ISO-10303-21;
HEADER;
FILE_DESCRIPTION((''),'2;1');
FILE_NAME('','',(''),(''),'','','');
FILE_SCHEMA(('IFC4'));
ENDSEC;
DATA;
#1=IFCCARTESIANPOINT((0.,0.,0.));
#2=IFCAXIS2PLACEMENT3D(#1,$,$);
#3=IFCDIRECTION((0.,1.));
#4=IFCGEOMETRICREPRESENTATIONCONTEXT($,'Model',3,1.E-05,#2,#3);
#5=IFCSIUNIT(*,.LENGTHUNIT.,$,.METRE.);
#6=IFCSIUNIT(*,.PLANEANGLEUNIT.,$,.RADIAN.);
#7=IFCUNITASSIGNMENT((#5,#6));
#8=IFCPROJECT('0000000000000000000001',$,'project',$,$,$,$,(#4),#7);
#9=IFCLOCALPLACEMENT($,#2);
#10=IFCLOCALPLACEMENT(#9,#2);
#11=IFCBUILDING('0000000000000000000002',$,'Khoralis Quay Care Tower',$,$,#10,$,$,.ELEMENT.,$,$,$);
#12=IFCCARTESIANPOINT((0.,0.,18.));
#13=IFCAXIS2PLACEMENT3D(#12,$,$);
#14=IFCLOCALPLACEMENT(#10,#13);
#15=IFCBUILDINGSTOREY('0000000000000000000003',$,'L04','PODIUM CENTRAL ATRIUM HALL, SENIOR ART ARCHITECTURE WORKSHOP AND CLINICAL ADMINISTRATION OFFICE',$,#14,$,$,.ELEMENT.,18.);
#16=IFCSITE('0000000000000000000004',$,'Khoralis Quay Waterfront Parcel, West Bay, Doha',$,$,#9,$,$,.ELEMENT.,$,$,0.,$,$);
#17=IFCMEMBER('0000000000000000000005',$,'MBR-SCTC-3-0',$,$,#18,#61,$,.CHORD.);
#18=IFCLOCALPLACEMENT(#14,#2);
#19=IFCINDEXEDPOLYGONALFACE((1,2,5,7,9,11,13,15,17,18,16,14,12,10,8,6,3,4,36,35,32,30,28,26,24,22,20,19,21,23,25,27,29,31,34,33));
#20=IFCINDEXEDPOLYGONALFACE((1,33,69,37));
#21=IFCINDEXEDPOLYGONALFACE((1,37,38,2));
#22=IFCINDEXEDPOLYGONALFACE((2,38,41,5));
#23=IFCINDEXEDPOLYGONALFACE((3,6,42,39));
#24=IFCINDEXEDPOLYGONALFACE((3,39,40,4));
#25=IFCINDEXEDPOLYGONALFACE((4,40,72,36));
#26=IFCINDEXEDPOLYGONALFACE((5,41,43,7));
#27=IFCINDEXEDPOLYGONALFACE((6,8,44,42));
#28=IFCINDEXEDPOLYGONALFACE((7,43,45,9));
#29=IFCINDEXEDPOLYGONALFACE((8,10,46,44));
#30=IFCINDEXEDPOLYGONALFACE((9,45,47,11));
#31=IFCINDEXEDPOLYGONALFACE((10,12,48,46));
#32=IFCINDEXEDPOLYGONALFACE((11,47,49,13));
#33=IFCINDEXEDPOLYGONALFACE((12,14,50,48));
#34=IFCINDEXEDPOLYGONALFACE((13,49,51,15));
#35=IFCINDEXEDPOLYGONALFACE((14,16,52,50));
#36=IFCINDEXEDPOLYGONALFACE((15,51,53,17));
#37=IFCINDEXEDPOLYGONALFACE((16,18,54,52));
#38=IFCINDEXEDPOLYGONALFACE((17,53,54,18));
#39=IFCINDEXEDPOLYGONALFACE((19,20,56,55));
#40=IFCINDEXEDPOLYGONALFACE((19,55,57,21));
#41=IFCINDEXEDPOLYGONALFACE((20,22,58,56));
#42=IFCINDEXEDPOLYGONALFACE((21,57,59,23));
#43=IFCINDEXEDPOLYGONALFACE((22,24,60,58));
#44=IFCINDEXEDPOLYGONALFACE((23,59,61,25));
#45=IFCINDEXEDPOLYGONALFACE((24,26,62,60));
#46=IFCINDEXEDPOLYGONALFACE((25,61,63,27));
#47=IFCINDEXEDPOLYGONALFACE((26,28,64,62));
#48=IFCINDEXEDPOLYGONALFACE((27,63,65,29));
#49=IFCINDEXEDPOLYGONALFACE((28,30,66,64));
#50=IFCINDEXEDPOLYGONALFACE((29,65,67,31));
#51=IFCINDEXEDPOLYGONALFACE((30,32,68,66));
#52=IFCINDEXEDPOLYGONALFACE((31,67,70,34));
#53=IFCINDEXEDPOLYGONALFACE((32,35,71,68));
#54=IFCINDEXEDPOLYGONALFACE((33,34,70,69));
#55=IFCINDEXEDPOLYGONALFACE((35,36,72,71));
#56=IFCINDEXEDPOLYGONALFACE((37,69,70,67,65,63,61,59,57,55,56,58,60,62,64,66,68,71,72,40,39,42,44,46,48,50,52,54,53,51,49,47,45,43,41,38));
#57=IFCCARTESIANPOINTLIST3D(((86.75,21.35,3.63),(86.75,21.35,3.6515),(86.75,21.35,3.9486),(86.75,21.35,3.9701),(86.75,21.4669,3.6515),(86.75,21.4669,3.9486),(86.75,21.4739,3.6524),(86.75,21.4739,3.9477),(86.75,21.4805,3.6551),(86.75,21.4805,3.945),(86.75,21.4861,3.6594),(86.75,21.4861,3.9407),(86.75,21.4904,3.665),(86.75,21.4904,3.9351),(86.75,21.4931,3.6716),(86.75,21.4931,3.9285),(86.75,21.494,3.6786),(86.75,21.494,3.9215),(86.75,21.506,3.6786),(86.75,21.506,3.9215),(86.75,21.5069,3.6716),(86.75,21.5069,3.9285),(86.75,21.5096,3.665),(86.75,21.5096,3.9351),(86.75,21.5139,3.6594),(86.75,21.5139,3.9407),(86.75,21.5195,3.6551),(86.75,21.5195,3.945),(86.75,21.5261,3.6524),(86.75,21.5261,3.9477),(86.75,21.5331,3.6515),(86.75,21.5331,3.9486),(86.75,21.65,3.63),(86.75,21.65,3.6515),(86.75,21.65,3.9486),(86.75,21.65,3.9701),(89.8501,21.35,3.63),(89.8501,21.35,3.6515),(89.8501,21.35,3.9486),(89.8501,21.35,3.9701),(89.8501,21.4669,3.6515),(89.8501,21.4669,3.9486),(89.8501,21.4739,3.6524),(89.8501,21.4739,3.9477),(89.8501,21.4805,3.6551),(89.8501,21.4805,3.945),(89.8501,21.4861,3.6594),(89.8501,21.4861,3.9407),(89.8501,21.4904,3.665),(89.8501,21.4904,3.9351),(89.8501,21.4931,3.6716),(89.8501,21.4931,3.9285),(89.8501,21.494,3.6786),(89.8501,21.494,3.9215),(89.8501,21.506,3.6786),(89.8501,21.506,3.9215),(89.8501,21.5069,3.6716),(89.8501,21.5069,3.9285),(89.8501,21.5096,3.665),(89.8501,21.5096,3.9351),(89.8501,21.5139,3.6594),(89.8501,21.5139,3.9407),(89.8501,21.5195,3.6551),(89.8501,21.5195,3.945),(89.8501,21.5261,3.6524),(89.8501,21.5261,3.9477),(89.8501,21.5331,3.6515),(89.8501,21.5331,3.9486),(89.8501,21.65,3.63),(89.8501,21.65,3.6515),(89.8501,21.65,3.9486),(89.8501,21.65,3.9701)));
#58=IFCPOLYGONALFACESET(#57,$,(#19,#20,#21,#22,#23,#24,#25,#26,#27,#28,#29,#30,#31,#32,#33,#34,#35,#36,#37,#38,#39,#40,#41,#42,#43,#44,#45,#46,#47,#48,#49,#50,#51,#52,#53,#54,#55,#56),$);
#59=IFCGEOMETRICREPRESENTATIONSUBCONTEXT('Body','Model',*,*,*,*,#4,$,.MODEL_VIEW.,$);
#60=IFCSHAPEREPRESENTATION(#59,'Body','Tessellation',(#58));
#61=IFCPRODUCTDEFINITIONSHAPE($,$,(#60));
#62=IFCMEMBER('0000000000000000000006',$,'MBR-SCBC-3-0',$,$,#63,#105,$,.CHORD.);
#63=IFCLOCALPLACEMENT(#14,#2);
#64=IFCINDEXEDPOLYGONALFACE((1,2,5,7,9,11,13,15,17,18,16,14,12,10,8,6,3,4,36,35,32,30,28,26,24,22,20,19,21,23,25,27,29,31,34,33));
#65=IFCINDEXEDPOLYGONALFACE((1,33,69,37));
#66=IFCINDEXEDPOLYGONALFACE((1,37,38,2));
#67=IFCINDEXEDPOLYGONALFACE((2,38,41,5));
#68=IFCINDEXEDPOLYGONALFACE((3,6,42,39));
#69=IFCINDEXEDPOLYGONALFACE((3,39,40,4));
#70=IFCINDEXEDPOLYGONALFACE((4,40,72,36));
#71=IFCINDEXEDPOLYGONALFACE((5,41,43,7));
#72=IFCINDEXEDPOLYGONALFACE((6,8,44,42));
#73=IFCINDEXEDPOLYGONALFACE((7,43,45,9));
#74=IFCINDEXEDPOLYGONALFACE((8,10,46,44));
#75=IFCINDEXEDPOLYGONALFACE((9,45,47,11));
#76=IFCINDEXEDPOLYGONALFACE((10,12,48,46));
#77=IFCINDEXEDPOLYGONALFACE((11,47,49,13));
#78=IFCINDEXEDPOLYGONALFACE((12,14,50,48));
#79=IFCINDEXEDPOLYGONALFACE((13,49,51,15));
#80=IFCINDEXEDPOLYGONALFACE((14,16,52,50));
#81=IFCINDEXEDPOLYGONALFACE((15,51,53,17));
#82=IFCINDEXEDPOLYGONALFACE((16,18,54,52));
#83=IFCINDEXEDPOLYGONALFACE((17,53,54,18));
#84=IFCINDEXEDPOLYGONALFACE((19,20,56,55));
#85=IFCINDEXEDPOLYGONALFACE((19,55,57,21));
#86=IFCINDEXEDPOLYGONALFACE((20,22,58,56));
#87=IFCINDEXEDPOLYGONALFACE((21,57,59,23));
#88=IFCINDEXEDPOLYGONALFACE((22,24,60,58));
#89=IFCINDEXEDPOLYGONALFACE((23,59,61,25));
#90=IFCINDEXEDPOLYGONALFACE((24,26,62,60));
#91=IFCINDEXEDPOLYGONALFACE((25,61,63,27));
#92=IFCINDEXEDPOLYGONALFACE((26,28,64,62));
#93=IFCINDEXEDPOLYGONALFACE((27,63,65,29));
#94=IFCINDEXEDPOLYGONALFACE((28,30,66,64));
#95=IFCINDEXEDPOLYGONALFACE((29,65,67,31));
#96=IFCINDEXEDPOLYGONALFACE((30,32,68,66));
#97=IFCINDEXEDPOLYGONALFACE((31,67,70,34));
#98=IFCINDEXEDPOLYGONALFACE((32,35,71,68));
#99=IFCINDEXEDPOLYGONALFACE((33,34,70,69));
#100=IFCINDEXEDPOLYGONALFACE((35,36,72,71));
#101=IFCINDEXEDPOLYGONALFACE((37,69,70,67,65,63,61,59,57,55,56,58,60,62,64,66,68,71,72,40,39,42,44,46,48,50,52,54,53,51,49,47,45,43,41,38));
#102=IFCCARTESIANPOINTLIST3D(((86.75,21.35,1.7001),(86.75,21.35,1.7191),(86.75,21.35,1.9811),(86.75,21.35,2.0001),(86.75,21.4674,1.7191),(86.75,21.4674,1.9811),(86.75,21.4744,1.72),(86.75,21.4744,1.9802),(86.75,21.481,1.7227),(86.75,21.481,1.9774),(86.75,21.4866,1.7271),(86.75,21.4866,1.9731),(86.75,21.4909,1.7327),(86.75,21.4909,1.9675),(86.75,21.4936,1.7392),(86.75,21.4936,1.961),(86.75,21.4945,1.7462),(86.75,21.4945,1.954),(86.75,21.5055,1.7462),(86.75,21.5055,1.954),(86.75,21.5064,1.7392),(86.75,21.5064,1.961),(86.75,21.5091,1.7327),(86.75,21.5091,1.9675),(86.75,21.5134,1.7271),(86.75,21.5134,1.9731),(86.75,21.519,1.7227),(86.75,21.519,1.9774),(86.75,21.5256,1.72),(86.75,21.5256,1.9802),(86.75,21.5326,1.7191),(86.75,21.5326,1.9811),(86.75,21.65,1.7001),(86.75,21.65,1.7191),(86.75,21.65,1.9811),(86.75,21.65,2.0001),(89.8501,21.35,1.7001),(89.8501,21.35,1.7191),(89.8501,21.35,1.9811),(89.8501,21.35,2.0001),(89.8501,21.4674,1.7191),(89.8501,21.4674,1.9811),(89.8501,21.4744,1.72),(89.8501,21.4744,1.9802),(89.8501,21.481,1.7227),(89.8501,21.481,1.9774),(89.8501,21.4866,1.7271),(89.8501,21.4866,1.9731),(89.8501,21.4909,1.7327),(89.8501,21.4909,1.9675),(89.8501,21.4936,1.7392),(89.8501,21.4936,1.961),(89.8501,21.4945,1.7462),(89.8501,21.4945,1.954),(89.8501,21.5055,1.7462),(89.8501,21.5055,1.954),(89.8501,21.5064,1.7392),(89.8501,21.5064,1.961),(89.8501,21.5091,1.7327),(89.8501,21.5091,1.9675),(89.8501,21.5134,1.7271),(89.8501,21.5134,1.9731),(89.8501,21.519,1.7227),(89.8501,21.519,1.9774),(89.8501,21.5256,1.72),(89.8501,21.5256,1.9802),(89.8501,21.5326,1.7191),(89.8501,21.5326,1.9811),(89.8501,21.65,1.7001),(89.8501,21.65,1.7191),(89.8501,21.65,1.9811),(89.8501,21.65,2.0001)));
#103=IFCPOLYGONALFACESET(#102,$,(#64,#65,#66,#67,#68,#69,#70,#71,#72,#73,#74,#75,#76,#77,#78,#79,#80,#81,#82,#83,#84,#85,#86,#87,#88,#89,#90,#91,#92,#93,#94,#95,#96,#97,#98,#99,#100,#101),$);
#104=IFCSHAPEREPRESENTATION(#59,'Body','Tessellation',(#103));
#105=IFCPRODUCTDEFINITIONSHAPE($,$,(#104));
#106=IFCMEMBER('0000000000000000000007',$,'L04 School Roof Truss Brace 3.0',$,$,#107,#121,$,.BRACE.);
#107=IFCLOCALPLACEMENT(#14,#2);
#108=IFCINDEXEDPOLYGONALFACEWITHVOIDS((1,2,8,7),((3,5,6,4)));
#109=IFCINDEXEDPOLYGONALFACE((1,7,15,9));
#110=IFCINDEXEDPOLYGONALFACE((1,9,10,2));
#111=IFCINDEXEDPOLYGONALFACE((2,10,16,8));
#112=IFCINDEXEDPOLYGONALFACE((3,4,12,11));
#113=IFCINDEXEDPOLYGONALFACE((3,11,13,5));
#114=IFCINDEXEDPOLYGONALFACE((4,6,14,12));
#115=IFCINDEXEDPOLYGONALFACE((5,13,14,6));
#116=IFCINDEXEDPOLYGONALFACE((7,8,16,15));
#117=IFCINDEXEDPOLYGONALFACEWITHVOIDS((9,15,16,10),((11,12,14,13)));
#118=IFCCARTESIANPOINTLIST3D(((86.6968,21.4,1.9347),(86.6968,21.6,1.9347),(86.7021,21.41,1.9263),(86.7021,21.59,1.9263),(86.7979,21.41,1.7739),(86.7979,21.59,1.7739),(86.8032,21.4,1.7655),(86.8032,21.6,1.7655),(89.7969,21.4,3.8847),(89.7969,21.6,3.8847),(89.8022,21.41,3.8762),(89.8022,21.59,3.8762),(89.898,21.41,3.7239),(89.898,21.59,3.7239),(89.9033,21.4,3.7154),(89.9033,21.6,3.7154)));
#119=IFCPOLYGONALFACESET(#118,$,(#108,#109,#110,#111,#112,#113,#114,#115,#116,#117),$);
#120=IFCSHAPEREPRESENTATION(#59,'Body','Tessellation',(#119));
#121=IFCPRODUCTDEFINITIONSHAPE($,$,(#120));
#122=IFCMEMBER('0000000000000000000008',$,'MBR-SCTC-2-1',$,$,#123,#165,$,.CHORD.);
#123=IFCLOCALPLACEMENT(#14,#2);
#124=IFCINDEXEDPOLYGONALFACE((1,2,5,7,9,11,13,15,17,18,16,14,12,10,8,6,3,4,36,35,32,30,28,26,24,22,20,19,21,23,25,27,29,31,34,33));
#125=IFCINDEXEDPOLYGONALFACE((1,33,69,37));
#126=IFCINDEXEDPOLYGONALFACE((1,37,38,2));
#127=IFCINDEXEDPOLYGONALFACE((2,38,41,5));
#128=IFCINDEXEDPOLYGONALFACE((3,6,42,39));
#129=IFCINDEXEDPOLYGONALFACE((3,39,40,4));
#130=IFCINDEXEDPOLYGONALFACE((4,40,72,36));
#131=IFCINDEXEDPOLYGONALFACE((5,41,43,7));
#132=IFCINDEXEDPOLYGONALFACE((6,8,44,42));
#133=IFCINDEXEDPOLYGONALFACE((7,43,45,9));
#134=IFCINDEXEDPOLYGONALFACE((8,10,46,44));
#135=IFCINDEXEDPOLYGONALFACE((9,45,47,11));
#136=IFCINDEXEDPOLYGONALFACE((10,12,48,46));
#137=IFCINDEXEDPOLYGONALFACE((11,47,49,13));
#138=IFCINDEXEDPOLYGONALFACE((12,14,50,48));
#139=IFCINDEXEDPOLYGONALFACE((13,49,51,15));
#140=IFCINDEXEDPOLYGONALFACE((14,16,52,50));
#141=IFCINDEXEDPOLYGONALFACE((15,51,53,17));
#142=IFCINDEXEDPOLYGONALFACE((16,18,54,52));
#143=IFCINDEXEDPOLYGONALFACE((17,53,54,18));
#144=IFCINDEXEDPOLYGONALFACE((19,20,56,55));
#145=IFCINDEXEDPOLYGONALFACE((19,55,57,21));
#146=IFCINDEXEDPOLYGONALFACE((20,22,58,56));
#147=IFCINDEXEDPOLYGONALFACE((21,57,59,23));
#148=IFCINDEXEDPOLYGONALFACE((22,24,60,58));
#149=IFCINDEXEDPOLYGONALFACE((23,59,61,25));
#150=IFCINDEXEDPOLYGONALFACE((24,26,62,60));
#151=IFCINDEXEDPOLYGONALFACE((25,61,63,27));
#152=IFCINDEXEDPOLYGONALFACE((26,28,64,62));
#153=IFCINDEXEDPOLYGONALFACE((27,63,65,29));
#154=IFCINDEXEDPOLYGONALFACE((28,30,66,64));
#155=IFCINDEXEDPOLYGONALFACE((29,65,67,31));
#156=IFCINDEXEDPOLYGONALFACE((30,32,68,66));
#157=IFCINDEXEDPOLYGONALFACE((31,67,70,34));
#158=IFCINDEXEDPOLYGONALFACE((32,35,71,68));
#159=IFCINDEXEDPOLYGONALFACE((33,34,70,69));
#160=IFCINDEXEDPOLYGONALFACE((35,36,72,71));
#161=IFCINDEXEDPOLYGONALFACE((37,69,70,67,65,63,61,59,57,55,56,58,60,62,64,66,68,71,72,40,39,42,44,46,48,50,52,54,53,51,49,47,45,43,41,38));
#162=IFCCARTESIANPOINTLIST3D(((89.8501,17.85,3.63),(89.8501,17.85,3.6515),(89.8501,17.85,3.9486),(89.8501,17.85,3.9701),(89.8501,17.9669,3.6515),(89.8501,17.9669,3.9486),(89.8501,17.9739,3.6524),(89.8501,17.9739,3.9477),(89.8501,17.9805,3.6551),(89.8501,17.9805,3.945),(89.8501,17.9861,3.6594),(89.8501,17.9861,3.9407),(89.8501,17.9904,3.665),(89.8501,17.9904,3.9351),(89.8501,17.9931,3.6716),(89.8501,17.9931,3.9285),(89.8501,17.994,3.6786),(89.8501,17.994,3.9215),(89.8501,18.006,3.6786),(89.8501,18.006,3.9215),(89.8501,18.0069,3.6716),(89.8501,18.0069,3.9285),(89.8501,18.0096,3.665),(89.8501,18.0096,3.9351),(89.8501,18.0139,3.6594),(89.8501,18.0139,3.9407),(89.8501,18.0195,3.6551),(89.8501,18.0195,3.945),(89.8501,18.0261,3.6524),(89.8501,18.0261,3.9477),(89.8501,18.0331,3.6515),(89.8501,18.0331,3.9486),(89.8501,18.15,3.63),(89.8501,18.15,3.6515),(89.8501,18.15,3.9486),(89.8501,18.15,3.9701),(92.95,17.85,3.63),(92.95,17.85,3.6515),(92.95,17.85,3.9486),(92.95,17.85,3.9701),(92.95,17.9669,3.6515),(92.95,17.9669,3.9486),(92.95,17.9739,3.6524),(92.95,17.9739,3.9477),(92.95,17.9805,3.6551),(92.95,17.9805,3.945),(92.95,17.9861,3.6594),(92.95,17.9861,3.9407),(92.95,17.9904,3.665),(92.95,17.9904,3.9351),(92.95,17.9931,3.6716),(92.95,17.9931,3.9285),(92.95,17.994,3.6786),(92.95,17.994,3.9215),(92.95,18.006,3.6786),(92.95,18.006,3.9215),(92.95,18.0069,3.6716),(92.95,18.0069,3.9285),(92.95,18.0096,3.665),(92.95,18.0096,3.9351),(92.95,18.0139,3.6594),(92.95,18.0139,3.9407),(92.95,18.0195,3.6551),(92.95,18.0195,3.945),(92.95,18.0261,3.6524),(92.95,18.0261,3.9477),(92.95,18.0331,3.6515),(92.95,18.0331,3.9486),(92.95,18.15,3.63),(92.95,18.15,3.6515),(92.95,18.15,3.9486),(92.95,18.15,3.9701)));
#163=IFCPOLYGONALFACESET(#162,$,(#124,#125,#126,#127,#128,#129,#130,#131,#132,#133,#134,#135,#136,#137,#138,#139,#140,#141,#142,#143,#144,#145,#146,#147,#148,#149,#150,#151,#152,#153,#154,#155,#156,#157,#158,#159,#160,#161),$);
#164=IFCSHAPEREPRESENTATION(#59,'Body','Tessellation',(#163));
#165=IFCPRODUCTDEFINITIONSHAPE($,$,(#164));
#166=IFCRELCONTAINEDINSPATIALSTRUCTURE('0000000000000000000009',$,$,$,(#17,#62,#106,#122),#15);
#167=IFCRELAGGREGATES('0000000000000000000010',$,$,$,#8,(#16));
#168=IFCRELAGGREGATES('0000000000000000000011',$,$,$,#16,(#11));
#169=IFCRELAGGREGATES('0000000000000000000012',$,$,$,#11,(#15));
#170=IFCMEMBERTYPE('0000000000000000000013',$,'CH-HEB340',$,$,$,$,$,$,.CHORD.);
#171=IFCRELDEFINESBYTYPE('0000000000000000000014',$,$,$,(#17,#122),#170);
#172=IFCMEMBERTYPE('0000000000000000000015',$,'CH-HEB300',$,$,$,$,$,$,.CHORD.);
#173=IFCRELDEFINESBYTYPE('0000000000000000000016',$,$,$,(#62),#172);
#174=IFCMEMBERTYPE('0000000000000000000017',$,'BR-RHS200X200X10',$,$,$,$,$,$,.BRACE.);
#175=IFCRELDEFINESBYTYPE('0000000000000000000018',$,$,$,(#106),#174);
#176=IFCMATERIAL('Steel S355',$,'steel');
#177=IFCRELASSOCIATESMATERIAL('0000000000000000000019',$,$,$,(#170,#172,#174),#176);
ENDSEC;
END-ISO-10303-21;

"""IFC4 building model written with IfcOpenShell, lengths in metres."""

from ifc_helpers import new_model, si_unit, direction, frame, origin, origin_2d, place, context, subcontext, project, spatial, hollow_rectangle, i_section, extrude, source, transform, mapped, material, material_profile, profile_set, type_object, element, save


model = new_model("IFC4")

# Units and contexts
model_context = context("Model", 3, precision=1e-05, world=origin(), true_north=direction((0.0, 1.0)))
body_context = subcontext(model_context, "Body", "Model", "MODEL_VIEW")
ifc_project = project(units=[si_unit("LENGTHUNIT", "METRE"), si_unit("PLANEANGLEUNIT", "RADIAN")], contexts=[model_context])

# Site, building, storey
site_placement = place(None, origin())
site = spatial("IfcSite", under=ifc_project, at=site_placement, Name="Khoralis Quay Waterfront Parcel, West Bay, Doha", CompositionType="ELEMENT", RefElevation=0.0)
building_placement = place(site_placement, origin())
building = spatial("IfcBuilding", under=site, at=building_placement, Name="Khoralis Quay Care Tower", CompositionType="ELEMENT")
storey_placement = place(building_placement, frame((0.0, 0.0, 18.0)))
storey = spatial("IfcBuildingStorey", under=building, at=storey_placement, Name="L04", Description="PODIUM CENTRAL ATRIUM HALL, SENIOR ART ARCHITECTURE WORKSHOP AND CLINICAL ADMINISTRATION OFFICE", CompositionType="ELEMENT", Elevation=18.0)

# Members
ifc_material = material(Name="Steel S355", Category="steel")
ifc_material_profile_1 = material_profile(ifc_material, i_section(OverallWidth=0.3, OverallDepth=0.3401, WebThickness=0.012, FlangeThickness=0.0215, FilletRadius=0.0271, at=origin_2d()), Name="Steel S355")
ifc_profile_set_1 = profile_set([ifc_material_profile_1], Name="Steel S355")
member_type_1 = type_object("IfcMemberType", Name="CH-HEB340", PredefinedType="CHORD", material=ifc_profile_set_1)
shared_shape_1 = source(origin(), body_context, "Body", "SweptSolid", [
    extrude(i_section(OverallWidth=0.3, OverallDepth=0.3401, WebThickness=0.012, FlangeThickness=0.0215, FilletRadius=0.0271, at=origin_2d()), origin(), (0.0, 0.0, 1.0), 3.1001),
])
member_1_placement = place(storey_placement, frame((86.75, 21.5, 3.8), z_axis=(1.0, 0.0, 0.0), x_axis=(0.0, 1.0, 0.0)))
element("IfcMember", 1, at=member_1_placement, inside=storey, type_object=member_type_1, Name="MBR-SCTC-3-0", PredefinedType="CHORD", context=body_context, shape_type="MappedRepresentation", body=[
    mapped(shared_shape_1, transform((0.0, 0.0, 0.0), scale=1.0)),
])
ifc_material_profile_2 = material_profile(ifc_material, i_section(OverallWidth=0.3, OverallDepth=0.3, WebThickness=0.011, FlangeThickness=0.019, FilletRadius=0.0271, at=origin_2d()), Name="Steel S355")
ifc_profile_set_2 = profile_set([ifc_material_profile_2], Name="Steel S355")
member_type_2 = type_object("IfcMemberType", Name="CH-HEB300", PredefinedType="CHORD", material=ifc_profile_set_2)
shared_shape_2 = source(origin(), body_context, "Body", "SweptSolid", [
    extrude(i_section(OverallWidth=0.3, OverallDepth=0.3, WebThickness=0.011, FlangeThickness=0.019, FilletRadius=0.0271, at=origin_2d()), origin(), (0.0, 0.0, 1.0), 3.1001),
])
member_2_placement = place(storey_placement, frame((86.75, 21.5, 1.8501), z_axis=(1.0, 0.0, 0.0), x_axis=(0.0, 1.0, 0.0)))
element("IfcMember", 2, at=member_2_placement, inside=storey, type_object=member_type_2, Name="MBR-SCBC-3-0", PredefinedType="CHORD", context=body_context, shape_type="MappedRepresentation", body=[
    mapped(shared_shape_2, transform((0.0, 0.0, 0.0), scale=1.0)),
])
ifc_material_profile_3 = material_profile(ifc_material, hollow_rectangle(XDim=0.2, YDim=0.2, WallThickness=0.01, at=origin_2d()), Name="Steel S355")
ifc_profile_set_3 = profile_set([ifc_material_profile_3], Name="Steel S355")
member_type_3 = type_object("IfcMemberType", Name="BR-RHS200X200X10", PredefinedType="BRACE", material=ifc_profile_set_3)
shared_shape_3 = source(origin(), body_context, "Body", "SweptSolid", [
    extrude(hollow_rectangle(XDim=0.2, YDim=0.2, WallThickness=0.01, at=origin_2d()), origin(), (0.0, 0.0, 1.0), 3.6624),
])
member_3_placement = place(storey_placement, frame((86.75, 21.5, 1.8501), z_axis=(0.846474, 0.0, 0.53243), x_axis=(0.0, 1.0, 0.0)))
element("IfcMember", 3, at=member_3_placement, inside=storey, type_object=member_type_3, Name="L04 School Roof Truss Brace 3.0", PredefinedType="BRACE", context=body_context, shape_type="MappedRepresentation", body=[
    mapped(shared_shape_3, transform((0.0, 0.0, 0.0), scale=1.0)),
])
shared_shape_4 = source(origin(), body_context, "Body", "SweptSolid", [
    extrude(i_section(OverallWidth=0.3, OverallDepth=0.3401, WebThickness=0.012, FlangeThickness=0.0215, FilletRadius=0.0271, at=origin_2d()), origin(), (0.0, 0.0, 1.0), 3.0999),
])
for number, where, z_axis, x_axis, name in (
    (4, (89.8501, 18.0, 3.8), (1.0, 0.0, 0.0), (0.0, 1.0, 0.0), "MBR-SCTC-2-1"),
):
    element("IfcMember", number, at=place(storey_placement, frame(where, z_axis=z_axis, x_axis=x_axis)), inside=storey, type_object=member_type_1, Name=name, PredefinedType="CHORD", context=body_context, shape_type="MappedRepresentation", body=[
        mapped(shared_shape_4, transform((0.0, 0.0, 0.0), scale=1.0)),
    ])

save(model, "model.ifc")
